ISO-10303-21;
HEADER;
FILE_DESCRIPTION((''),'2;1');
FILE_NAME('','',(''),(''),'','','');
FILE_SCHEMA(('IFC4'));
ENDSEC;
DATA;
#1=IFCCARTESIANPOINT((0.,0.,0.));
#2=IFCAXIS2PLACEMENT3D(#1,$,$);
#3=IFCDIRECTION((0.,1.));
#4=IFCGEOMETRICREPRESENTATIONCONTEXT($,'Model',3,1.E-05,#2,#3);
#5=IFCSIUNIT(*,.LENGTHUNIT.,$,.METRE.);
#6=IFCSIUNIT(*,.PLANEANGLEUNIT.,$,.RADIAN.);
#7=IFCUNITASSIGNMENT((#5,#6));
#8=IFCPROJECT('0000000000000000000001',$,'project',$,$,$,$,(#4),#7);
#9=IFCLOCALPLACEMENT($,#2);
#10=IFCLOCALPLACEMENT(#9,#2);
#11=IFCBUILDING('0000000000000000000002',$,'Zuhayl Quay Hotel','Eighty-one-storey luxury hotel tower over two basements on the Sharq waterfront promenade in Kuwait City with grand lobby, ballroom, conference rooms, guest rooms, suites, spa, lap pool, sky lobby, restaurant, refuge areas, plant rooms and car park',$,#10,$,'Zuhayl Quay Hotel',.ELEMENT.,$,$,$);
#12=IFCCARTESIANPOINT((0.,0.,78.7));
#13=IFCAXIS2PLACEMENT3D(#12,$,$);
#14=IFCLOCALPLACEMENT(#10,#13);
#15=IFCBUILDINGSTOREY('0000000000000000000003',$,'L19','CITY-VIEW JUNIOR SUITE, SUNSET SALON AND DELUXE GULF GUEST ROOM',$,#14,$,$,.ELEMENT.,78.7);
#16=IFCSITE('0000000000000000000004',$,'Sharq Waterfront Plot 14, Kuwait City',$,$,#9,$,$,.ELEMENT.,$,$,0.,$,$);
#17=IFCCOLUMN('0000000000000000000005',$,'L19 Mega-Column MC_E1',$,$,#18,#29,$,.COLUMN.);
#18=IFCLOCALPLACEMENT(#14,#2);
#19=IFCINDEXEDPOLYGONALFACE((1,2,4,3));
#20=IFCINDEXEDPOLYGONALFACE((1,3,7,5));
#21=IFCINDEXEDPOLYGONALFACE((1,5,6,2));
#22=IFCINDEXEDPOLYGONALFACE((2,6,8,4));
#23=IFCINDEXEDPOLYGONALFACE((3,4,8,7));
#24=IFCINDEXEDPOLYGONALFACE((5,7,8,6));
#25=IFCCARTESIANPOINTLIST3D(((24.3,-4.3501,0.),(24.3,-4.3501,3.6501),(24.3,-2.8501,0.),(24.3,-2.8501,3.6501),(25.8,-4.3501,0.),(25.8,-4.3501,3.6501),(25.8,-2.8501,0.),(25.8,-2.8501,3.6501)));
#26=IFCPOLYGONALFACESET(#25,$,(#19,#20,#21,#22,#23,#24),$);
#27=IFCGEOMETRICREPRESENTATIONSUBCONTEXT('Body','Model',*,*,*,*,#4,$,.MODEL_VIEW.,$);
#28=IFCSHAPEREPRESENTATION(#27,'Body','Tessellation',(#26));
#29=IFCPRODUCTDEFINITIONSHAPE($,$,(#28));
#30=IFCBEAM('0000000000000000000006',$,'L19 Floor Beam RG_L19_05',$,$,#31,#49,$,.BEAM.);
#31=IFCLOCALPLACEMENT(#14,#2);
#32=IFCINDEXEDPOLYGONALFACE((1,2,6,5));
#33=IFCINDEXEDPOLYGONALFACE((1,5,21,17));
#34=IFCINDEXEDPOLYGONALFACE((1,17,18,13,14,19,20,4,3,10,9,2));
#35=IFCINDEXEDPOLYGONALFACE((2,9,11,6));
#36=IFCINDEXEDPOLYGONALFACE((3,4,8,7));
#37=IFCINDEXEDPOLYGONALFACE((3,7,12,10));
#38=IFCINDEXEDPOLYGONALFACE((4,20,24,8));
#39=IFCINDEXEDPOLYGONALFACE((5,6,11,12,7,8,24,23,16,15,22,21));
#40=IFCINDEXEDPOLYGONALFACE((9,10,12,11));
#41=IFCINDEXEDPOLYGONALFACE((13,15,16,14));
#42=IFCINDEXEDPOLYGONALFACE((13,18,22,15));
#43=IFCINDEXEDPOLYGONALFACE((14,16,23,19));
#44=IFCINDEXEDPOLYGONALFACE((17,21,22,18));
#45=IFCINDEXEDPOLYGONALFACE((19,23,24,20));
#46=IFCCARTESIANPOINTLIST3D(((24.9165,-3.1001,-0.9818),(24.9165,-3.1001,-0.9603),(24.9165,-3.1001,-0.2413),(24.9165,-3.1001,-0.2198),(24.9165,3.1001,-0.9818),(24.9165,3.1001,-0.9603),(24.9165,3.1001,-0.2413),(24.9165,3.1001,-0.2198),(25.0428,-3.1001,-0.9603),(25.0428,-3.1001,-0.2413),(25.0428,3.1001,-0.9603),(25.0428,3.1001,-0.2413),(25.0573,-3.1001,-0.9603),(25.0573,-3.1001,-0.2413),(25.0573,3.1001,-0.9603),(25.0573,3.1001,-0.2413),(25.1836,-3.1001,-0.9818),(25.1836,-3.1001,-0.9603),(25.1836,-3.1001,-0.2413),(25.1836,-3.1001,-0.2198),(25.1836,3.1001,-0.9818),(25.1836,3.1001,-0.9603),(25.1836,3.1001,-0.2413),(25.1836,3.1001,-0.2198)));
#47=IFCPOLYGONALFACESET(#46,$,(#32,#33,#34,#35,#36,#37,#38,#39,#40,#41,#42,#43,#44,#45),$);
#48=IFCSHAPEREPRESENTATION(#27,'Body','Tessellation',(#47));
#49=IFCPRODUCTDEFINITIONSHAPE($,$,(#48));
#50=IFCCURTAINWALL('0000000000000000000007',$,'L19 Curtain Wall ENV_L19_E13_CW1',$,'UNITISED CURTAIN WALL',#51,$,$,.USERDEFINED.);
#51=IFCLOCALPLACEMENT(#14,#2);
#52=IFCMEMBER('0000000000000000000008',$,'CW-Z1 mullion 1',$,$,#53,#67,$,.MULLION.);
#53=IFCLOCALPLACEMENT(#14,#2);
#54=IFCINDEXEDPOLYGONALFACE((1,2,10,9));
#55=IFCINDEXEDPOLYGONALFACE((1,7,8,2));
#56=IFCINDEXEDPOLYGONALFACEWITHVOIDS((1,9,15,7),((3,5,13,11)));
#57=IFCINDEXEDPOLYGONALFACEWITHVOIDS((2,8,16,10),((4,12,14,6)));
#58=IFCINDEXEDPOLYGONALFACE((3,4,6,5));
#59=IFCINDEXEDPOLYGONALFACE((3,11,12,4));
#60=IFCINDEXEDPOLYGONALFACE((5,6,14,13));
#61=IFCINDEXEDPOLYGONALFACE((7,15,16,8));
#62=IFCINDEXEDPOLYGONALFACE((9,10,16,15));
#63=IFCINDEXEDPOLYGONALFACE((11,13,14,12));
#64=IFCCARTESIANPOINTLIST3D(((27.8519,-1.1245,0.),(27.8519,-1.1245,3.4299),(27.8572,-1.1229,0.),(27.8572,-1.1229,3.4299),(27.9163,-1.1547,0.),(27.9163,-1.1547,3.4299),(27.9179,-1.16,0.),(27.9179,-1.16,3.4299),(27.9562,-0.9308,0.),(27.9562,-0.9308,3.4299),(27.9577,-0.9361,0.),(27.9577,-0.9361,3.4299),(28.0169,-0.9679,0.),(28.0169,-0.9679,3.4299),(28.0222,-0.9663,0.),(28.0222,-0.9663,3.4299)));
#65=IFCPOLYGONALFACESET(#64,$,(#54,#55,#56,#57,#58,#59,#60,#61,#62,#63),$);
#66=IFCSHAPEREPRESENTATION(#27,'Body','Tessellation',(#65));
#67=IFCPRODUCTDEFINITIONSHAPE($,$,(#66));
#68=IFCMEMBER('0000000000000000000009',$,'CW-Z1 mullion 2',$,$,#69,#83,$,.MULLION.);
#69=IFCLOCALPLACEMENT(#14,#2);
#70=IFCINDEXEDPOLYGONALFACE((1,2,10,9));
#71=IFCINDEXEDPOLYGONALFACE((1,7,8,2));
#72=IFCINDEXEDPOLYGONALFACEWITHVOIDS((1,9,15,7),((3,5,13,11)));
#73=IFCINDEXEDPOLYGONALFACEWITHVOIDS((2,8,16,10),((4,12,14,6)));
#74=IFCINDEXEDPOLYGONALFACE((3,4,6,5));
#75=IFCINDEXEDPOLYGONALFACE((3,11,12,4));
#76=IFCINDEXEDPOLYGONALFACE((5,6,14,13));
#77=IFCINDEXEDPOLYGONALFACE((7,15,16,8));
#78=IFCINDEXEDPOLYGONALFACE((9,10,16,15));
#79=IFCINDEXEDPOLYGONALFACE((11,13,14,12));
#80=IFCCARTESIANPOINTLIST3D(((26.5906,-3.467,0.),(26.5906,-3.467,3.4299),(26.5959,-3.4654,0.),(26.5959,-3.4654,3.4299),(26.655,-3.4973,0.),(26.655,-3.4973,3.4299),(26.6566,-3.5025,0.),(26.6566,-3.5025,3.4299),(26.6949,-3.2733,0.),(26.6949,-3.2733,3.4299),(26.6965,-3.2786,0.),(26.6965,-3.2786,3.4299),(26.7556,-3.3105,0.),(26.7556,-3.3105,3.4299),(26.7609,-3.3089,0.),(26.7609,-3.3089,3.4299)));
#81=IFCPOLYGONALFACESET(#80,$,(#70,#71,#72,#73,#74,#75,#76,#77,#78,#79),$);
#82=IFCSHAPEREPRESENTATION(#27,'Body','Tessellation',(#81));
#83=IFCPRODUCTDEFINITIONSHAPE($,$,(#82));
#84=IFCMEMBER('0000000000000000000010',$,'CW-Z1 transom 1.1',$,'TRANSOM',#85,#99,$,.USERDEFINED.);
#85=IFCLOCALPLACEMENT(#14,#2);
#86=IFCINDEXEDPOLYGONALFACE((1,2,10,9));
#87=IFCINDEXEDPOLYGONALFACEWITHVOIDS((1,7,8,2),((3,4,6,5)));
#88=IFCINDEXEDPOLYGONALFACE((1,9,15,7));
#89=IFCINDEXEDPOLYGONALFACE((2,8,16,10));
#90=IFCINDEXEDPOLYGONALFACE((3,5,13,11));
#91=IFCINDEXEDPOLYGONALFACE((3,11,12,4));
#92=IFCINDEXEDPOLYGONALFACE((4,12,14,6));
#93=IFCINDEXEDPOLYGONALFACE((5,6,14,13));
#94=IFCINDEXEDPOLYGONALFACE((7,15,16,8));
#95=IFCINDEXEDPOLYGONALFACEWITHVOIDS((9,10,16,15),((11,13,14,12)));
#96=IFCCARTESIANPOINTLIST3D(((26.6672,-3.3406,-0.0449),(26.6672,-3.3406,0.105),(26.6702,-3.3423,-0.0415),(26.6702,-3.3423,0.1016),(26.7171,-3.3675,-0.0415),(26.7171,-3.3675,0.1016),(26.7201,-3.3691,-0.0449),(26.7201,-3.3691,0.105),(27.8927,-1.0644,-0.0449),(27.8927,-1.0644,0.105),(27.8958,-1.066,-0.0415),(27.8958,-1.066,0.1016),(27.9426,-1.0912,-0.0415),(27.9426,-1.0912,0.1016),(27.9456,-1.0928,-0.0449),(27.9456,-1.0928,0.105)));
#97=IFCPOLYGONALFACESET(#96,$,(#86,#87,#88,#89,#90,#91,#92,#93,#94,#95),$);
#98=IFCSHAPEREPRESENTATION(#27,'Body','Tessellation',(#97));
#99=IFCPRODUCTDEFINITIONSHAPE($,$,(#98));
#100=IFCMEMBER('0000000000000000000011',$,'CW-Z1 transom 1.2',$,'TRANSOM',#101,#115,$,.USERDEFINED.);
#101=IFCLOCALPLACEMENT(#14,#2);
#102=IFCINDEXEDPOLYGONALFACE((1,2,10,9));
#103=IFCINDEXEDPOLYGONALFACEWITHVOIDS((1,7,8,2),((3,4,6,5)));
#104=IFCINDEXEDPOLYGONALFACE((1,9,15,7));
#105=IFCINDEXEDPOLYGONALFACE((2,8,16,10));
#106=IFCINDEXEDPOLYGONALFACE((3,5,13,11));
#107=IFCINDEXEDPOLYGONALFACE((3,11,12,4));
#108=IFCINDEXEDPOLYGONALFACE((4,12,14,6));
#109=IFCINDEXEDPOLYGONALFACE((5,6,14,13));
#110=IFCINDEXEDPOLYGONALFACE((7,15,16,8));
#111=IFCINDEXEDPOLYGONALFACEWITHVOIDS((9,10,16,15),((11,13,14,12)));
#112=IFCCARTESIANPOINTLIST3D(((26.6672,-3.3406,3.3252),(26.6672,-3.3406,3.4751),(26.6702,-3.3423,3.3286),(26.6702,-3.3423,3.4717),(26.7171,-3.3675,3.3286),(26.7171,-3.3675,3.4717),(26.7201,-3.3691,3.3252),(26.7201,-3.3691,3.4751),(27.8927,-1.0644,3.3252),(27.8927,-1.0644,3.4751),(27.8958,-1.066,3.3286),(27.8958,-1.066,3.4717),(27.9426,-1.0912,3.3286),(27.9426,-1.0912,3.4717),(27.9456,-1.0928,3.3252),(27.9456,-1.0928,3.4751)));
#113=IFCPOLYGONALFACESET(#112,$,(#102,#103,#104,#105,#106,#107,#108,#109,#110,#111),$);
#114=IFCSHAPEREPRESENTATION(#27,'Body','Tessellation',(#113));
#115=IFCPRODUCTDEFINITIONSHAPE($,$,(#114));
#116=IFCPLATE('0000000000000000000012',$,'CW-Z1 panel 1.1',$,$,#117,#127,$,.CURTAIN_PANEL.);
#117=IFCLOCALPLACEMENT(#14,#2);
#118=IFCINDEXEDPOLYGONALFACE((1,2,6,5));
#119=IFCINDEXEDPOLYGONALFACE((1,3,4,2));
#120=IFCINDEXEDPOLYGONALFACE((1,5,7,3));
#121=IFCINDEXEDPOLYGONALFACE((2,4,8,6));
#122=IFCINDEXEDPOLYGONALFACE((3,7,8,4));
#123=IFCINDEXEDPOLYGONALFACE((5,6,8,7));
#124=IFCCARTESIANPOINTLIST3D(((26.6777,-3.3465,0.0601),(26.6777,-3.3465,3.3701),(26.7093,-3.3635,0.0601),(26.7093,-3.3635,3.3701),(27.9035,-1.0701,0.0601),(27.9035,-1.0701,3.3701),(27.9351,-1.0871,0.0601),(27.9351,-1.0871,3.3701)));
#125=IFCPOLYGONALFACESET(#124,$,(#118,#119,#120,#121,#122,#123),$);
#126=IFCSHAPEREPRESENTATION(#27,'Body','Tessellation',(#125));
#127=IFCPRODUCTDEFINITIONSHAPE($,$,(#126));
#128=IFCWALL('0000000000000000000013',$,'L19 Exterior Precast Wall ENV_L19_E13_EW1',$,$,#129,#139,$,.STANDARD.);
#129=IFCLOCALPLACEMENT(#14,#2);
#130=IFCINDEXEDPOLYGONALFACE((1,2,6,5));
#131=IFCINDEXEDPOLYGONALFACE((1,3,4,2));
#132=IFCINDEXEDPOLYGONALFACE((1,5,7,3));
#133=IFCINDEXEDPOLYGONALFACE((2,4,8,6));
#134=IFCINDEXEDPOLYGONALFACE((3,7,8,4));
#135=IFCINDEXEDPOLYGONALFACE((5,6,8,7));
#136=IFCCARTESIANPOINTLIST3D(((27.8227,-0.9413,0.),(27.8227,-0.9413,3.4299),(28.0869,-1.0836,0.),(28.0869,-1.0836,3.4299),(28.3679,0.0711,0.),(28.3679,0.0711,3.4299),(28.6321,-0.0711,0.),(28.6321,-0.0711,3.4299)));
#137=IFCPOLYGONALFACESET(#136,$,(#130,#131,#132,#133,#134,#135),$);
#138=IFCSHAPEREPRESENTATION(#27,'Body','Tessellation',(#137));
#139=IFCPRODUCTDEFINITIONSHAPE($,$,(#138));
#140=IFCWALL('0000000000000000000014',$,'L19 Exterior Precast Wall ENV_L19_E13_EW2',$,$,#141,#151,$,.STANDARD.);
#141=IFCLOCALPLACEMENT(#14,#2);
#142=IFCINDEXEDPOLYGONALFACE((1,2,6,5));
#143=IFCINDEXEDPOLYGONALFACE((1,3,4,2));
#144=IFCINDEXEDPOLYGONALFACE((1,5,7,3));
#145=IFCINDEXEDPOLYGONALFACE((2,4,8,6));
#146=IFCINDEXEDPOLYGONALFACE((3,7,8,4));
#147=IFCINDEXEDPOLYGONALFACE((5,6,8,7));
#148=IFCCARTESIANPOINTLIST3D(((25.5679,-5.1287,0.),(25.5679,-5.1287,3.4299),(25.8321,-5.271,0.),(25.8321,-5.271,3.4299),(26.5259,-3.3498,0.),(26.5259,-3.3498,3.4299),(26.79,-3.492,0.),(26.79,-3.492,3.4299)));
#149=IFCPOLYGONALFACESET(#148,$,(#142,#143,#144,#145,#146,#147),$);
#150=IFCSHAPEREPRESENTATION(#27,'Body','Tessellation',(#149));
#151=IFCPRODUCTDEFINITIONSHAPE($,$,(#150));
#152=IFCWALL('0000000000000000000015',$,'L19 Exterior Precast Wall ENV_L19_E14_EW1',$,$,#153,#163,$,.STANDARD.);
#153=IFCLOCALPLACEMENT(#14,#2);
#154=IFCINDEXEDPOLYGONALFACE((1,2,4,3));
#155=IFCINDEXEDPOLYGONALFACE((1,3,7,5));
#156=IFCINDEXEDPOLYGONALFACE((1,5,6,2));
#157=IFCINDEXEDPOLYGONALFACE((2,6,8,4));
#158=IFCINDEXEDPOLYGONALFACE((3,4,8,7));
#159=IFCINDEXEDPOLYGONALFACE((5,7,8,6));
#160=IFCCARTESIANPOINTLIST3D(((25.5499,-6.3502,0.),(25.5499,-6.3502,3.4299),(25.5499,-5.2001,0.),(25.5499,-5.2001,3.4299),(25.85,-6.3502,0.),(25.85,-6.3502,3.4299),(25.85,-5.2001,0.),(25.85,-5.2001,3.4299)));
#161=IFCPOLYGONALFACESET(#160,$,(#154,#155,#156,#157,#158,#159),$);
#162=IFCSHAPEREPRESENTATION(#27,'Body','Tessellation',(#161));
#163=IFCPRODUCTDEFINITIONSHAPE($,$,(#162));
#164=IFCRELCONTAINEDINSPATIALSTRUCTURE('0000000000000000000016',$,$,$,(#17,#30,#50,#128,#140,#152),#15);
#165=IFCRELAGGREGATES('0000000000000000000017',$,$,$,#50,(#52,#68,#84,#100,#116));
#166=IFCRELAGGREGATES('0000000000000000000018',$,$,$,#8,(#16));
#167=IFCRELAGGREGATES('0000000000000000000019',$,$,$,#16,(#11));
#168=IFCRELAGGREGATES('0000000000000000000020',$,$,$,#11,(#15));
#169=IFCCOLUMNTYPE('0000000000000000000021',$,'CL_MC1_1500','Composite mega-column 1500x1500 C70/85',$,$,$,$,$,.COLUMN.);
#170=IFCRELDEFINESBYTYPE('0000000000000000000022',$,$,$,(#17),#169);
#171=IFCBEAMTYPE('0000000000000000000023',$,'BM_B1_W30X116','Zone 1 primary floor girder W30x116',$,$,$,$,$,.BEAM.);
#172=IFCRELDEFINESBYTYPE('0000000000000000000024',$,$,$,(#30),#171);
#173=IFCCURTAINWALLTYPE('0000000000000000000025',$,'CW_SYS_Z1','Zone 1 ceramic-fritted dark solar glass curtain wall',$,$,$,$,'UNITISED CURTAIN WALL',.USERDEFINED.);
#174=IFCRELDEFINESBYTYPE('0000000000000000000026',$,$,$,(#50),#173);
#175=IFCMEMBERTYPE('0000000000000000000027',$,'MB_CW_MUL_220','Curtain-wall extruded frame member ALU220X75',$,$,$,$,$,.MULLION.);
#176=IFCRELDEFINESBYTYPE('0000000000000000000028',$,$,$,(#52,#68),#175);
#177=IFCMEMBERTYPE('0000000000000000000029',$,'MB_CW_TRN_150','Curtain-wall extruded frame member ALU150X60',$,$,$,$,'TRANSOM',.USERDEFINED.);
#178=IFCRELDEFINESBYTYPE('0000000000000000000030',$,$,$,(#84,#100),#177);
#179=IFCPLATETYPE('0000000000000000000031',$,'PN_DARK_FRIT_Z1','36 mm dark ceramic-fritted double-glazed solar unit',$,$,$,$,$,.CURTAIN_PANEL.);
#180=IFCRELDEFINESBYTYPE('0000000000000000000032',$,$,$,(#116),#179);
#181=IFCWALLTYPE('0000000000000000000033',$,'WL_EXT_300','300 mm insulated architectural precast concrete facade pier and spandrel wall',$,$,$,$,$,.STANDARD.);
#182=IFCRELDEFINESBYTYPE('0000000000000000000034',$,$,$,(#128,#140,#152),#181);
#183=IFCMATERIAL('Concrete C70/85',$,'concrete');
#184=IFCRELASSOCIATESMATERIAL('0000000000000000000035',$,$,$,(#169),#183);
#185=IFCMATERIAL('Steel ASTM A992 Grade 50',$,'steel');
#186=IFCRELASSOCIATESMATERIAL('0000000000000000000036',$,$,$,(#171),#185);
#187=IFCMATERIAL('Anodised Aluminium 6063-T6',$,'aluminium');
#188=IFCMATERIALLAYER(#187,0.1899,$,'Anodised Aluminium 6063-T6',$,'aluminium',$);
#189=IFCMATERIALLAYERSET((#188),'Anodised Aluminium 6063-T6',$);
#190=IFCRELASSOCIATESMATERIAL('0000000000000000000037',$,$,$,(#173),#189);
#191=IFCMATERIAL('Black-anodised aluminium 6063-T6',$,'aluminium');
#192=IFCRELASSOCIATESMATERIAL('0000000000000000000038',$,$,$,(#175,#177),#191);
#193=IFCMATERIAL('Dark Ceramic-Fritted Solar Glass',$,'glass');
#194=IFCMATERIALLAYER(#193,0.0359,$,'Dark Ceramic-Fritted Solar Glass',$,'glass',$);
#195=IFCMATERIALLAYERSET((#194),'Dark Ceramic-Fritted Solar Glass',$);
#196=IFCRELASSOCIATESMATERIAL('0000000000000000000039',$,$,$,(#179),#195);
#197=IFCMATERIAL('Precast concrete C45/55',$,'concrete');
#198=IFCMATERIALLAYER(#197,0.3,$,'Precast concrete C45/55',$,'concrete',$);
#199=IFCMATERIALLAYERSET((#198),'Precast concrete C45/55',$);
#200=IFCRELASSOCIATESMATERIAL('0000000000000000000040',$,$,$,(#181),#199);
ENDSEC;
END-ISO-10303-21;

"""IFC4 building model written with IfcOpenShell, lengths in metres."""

from ifc_helpers import new_model, si_unit, direction, frame, frame_2d, origin, origin_2d, place, context, subcontext, project, spatial, rectangle, hollow_rectangle, i_section, extrude, material, layer, layer_set, material_profile, profile_set, type_object, element, aggregate, save


model = new_model("IFC4")

# Units and contexts
model_context = context("Model", 3, precision=1e-05, world=origin(), true_north=direction((0.0, 1.0)))
body_context = subcontext(model_context, "Body", "Model", "MODEL_VIEW")
ifc_project = project(units=[si_unit("LENGTHUNIT", "METRE"), si_unit("PLANEANGLEUNIT", "RADIAN")], contexts=[model_context])

# Site, building, storey
site_placement = place(None, origin())
site = spatial("IfcSite", under=ifc_project, at=site_placement, Name="Sharq Waterfront Plot 14, Kuwait City", CompositionType="ELEMENT", RefElevation=0.0)
building_placement = place(site_placement, origin())
building = spatial("IfcBuilding", under=site, at=building_placement, Name="Zuhayl Quay Hotel", Description="Eighty-one-storey luxury hotel tower over two basements on the Sharq waterfront promenade in Kuwait City with grand lobby, ballroom, conference rooms, guest rooms, suites, spa, lap pool, sky lobby, restaurant, refuge areas, plant rooms and car park", LongName="Zuhayl Quay Hotel", CompositionType="ELEMENT")
storey_placement = place(building_placement, frame((0.0, 0.0, 78.7)))
storey = spatial("IfcBuildingStorey", under=building, at=storey_placement, Name="L19", Description="CITY-VIEW JUNIOR SUITE, SUNSET SALON AND DELUXE GULF GUEST ROOM", CompositionType="ELEMENT", Elevation=78.7)

# Column
ifc_material_1 = material(Name="Concrete C70/85", Category="concrete")
ifc_material_profile_1 = material_profile(ifc_material_1, rectangle(XDim=1.5, YDim=1.5, at=origin_2d()), Name="RC1500X1500")
ifc_profile_set_1 = profile_set([ifc_material_profile_1], Name="Concrete C70/85")
column_type = type_object("IfcColumnType", Name="CL_MC1_1500", Description="Composite mega-column 1500x1500 C70/85", PredefinedType="COLUMN", material=ifc_profile_set_1)
column_placement = place(storey_placement, frame((25.05, -3.6001, 0.0), z_axis=(0.0, 0.0, 1.0), x_axis=(1.0, 0.0, 0.0)))
element("IfcColumn", 1, at=column_placement, inside=storey, type_object=column_type, Name="L19 Mega-Column MC_E1", PredefinedType="COLUMN", context=body_context, shape_type="SweptSolid", body=[
    extrude(rectangle(XDim=1.5, YDim=1.5, at=origin_2d()), origin(), (0.0, 0.0, 1.0), 3.6501),
])

# Beam
ifc_material_2 = material(Name="Steel ASTM A992 Grade 50", Category="steel")
ifc_material_profile_2 = material_profile(ifc_material_2, i_section(OverallWidth=0.2671, OverallDepth=0.762, WebThickness=0.0144, FlangeThickness=0.0215, at=origin_2d()), Name="W30X116")
ifc_profile_set_2 = profile_set([ifc_material_profile_2], Name="Steel ASTM A992 Grade 50")
beam_type = type_object("IfcBeamType", Name="BM_B1_W30X116", Description="Zone 1 primary floor girder W30x116", PredefinedType="BEAM", material=ifc_profile_set_2)
beam_placement = place(storey_placement, frame((25.05, -3.1001, -0.6008), z_axis=(0.0, 1.0, 0.0), x_axis=(-1.0, 0.0, 0.0)))
element("IfcBeam", 2, at=beam_placement, inside=storey, type_object=beam_type, Name="L19 Floor Beam RG_L19_05", PredefinedType="BEAM", context=body_context, shape_type="SweptSolid", body=[
    extrude(i_section(OverallWidth=0.2671, OverallDepth=0.762, WebThickness=0.0144, FlangeThickness=0.0215, at=origin_2d()), origin(), (0.0, 0.0, 1.0), 6.2002),
])

# Curtain wall, members, plate
ifc_material_3 = material(Name="Anodised Aluminium 6063-T6", Category="aluminium")
ifc_layer_1 = layer(ifc_material_3, 0.1899, Name="Anodised Aluminium 6063-T6", Category="aluminium")
ifc_layer_set_1 = layer_set([ifc_layer_1], Name="Anodised Aluminium 6063-T6")
curtain_wall_type = type_object("IfcCurtainWallType", Name="CW_SYS_Z1", Description="Zone 1 ceramic-fritted dark solar glass curtain wall", ElementType="UNITISED CURTAIN WALL", PredefinedType="USERDEFINED", material=ifc_layer_set_1)
curtain_wall_placement = place(storey_placement, origin())
curtain_wall = element("IfcCurtainWall", 3, at=curtain_wall_placement, inside=storey, type_object=curtain_wall_type, Name="L19 Curtain Wall ENV_L19_E13_CW1", ObjectType="UNITISED CURTAIN WALL", PredefinedType="USERDEFINED")
ifc_material_4 = material(Name="Black-anodised aluminium 6063-T6", Category="aluminium")
ifc_material_profile_3 = material_profile(ifc_material_4, hollow_rectangle(XDim=0.075, YDim=0.22, WallThickness=0.0039, at=origin_2d()), Name="ALU220X75")
ifc_profile_set_3 = profile_set([ifc_material_profile_3], Name="Black-anodised aluminium 6063-T6")
member_type_1 = type_object("IfcMemberType", Name="MB_CW_MUL_220", Description="Curtain-wall extruded frame member ALU220X75", PredefinedType="MULLION", material=ifc_profile_set_3)
member_1_placement = place(storey_placement, frame((27.937, -1.0454, 0.0), z_axis=(0.0, 0.0, 1.0), x_axis=(0.880476, -0.474091, 0.0)))
member_1 = element("IfcMember", 4, at=member_1_placement, type_object=member_type_1, Name="CW-Z1 mullion 1", PredefinedType="MULLION", context=body_context, shape_type="SweptSolid", body=[
    extrude(hollow_rectangle(XDim=0.075, YDim=0.22, WallThickness=0.0039, at=origin_2d()), origin(), (0.0, 0.0, 1.0), 3.4299),
])
member_2_placement = place(storey_placement, frame((26.6758, -3.3879, 0.0), z_axis=(0.0, 0.0, 1.0), x_axis=(0.880476, -0.474091, 0.0)))
member_2 = element("IfcMember", 5, at=member_2_placement, type_object=member_type_1, Name="CW-Z1 mullion 2", PredefinedType="MULLION", context=body_context, shape_type="SweptSolid", body=[
    extrude(hollow_rectangle(XDim=0.075, YDim=0.22, WallThickness=0.0039, at=origin_2d()), origin(), (0.0, 0.0, 1.0), 3.4299),
])
ifc_material_profile_4 = material_profile(ifc_material_4, hollow_rectangle(XDim=0.0601, YDim=0.1499, WallThickness=0.0034, at=origin_2d()), Name="ALU150X60")
ifc_profile_set_4 = profile_set([ifc_material_profile_4], Name="Black-anodised aluminium 6063-T6")
member_type_2 = type_object("IfcMemberType", Name="MB_CW_TRN_150", Description="Curtain-wall extruded frame member ALU150X60", ElementType="TRANSOM", PredefinedType="USERDEFINED", material=ifc_profile_set_4)
member_3_placement = place(storey_placement, frame((27.9192, -1.0786, 0.03), z_axis=(-0.474055, -0.880495, 0.0), x_axis=(0.880495, -0.474055, 0.0)))
member_3 = element("IfcMember", 6, at=member_3_placement, type_object=member_type_2, Name="CW-Z1 transom 1.1", ObjectType="TRANSOM", PredefinedType="USERDEFINED", context=body_context, shape_type="SweptSolid", body=[
    extrude(hollow_rectangle(XDim=0.0601, YDim=0.1499, WallThickness=0.0034, at=origin_2d()), origin(), (0.0, 0.0, 1.0), 2.5852),
])
member_4_placement = place(storey_placement, frame((27.9192, -1.0786, 3.4001), z_axis=(-0.474055, -0.880495, 0.0), x_axis=(0.880495, -0.474055, 0.0)))
member_4 = element("IfcMember", 7, at=member_4_placement, type_object=member_type_2, Name="CW-Z1 transom 1.2", ObjectType="TRANSOM", PredefinedType="USERDEFINED", context=body_context, shape_type="SweptSolid", body=[
    extrude(hollow_rectangle(XDim=0.0601, YDim=0.1499, WallThickness=0.0034, at=origin_2d()), origin(), (0.0, 0.0, 1.0), 2.5852),
])
ifc_material_5 = material(Name="Dark Ceramic-Fritted Solar Glass", Category="glass")
ifc_layer_2 = layer(ifc_material_5, 0.0359, Name="Dark Ceramic-Fritted Solar Glass", Category="glass")
ifc_layer_set_2 = layer_set([ifc_layer_2], Name="Dark Ceramic-Fritted Solar Glass")
plate_type = type_object("IfcPlateType", Name="PN_DARK_FRIT_Z1", Description="36 mm dark ceramic-fritted double-glazed solar unit", PredefinedType="CURTAIN_PANEL", material=ifc_layer_set_2)
plate_placement = place(storey_placement, frame((27.3064, -2.2168, 0.0601), z_axis=(0.0, 0.0, 1.0), x_axis=(-0.474091, -0.880476, 0.0)))
plate = element("IfcPlate", 8, at=plate_placement, type_object=plate_type, Name="CW-Z1 panel 1.1", PredefinedType="CURTAIN_PANEL", context=body_context, shape_type="SweptSolid", body=[
    extrude(rectangle(XDim=2.5854, YDim=0.0359, at=origin_2d()), origin(), (0.0, 0.0, 1.0), 3.3101),
])
aggregate(curtain_wall, [member_1, member_2, member_3, member_4, plate])

# Walls
ifc_material_6 = material(Name="Precast concrete C45/55", Category="concrete")
ifc_layer_3 = layer(ifc_material_6, 0.3, Name="Precast concrete C45/55", Category="concrete")
ifc_layer_set_3 = layer_set([ifc_layer_3], Name="Precast concrete C45/55")
wall_type_1 = type_object("IfcWallType", Name="WL_EXT_300", Description="300 mm insulated architectural precast concrete facade pier and spandrel wall", PredefinedType="STANDARD", material=ifc_layer_set_3)
wall_1_placement = place(storey_placement, frame((28.5, 0.0, 0.0), z_axis=(0.0, 0.0, 1.0), x_axis=(-0.4741, -0.880471, 0.0)))
element("IfcWall", 9, at=wall_1_placement, inside=storey, type_object=wall_type_1, Name="L19 Exterior Precast Wall ENV_L19_E13_EW1", PredefinedType="STANDARD", context=body_context, shape_type="SweptSolid", body=[
    extrude(rectangle(XDim=1.1499, YDim=0.3, at=frame_2d((0.575, 0.0))), origin(), (0.0, 0.0, 1.0), 3.4299),
])
wall_2_placement = place(storey_placement, frame((26.658, -3.4209, 0.0), z_axis=(0.0, 0.0, 1.0), x_axis=(-0.474121, -0.880459, 0.0)))
element("IfcWall", 10, at=wall_2_placement, inside=storey, type_object=wall_type_1, Name="L19 Exterior Precast Wall ENV_L19_E13_EW2", PredefinedType="STANDARD", context=body_context, shape_type="SweptSolid", body=[
    extrude(rectangle(XDim=2.0205, YDim=0.3, at=frame_2d((1.0103, 0.0))), origin(), (0.0, 0.0, 1.0), 3.4299),
])
wall_3_placement = place(storey_placement, frame((25.7, -5.2, 0.0), z_axis=(0.0, 0.0, 1.0), x_axis=(0.0, -1.0, 0.0)))
element("IfcWall", 11, at=wall_3_placement, inside=storey, type_object=wall_type_1, Name="L19 Exterior Precast Wall ENV_L19_E14_EW1", PredefinedType="STANDARD", context=body_context, shape_type="SweptSolid", body=[
    extrude(rectangle(XDim=1.1501, YDim=0.3, at=frame_2d((0.5752, 0.0))), origin(), (0.0, 0.0, 1.0), 3.4299),
])

save(model, "model.ifc")
